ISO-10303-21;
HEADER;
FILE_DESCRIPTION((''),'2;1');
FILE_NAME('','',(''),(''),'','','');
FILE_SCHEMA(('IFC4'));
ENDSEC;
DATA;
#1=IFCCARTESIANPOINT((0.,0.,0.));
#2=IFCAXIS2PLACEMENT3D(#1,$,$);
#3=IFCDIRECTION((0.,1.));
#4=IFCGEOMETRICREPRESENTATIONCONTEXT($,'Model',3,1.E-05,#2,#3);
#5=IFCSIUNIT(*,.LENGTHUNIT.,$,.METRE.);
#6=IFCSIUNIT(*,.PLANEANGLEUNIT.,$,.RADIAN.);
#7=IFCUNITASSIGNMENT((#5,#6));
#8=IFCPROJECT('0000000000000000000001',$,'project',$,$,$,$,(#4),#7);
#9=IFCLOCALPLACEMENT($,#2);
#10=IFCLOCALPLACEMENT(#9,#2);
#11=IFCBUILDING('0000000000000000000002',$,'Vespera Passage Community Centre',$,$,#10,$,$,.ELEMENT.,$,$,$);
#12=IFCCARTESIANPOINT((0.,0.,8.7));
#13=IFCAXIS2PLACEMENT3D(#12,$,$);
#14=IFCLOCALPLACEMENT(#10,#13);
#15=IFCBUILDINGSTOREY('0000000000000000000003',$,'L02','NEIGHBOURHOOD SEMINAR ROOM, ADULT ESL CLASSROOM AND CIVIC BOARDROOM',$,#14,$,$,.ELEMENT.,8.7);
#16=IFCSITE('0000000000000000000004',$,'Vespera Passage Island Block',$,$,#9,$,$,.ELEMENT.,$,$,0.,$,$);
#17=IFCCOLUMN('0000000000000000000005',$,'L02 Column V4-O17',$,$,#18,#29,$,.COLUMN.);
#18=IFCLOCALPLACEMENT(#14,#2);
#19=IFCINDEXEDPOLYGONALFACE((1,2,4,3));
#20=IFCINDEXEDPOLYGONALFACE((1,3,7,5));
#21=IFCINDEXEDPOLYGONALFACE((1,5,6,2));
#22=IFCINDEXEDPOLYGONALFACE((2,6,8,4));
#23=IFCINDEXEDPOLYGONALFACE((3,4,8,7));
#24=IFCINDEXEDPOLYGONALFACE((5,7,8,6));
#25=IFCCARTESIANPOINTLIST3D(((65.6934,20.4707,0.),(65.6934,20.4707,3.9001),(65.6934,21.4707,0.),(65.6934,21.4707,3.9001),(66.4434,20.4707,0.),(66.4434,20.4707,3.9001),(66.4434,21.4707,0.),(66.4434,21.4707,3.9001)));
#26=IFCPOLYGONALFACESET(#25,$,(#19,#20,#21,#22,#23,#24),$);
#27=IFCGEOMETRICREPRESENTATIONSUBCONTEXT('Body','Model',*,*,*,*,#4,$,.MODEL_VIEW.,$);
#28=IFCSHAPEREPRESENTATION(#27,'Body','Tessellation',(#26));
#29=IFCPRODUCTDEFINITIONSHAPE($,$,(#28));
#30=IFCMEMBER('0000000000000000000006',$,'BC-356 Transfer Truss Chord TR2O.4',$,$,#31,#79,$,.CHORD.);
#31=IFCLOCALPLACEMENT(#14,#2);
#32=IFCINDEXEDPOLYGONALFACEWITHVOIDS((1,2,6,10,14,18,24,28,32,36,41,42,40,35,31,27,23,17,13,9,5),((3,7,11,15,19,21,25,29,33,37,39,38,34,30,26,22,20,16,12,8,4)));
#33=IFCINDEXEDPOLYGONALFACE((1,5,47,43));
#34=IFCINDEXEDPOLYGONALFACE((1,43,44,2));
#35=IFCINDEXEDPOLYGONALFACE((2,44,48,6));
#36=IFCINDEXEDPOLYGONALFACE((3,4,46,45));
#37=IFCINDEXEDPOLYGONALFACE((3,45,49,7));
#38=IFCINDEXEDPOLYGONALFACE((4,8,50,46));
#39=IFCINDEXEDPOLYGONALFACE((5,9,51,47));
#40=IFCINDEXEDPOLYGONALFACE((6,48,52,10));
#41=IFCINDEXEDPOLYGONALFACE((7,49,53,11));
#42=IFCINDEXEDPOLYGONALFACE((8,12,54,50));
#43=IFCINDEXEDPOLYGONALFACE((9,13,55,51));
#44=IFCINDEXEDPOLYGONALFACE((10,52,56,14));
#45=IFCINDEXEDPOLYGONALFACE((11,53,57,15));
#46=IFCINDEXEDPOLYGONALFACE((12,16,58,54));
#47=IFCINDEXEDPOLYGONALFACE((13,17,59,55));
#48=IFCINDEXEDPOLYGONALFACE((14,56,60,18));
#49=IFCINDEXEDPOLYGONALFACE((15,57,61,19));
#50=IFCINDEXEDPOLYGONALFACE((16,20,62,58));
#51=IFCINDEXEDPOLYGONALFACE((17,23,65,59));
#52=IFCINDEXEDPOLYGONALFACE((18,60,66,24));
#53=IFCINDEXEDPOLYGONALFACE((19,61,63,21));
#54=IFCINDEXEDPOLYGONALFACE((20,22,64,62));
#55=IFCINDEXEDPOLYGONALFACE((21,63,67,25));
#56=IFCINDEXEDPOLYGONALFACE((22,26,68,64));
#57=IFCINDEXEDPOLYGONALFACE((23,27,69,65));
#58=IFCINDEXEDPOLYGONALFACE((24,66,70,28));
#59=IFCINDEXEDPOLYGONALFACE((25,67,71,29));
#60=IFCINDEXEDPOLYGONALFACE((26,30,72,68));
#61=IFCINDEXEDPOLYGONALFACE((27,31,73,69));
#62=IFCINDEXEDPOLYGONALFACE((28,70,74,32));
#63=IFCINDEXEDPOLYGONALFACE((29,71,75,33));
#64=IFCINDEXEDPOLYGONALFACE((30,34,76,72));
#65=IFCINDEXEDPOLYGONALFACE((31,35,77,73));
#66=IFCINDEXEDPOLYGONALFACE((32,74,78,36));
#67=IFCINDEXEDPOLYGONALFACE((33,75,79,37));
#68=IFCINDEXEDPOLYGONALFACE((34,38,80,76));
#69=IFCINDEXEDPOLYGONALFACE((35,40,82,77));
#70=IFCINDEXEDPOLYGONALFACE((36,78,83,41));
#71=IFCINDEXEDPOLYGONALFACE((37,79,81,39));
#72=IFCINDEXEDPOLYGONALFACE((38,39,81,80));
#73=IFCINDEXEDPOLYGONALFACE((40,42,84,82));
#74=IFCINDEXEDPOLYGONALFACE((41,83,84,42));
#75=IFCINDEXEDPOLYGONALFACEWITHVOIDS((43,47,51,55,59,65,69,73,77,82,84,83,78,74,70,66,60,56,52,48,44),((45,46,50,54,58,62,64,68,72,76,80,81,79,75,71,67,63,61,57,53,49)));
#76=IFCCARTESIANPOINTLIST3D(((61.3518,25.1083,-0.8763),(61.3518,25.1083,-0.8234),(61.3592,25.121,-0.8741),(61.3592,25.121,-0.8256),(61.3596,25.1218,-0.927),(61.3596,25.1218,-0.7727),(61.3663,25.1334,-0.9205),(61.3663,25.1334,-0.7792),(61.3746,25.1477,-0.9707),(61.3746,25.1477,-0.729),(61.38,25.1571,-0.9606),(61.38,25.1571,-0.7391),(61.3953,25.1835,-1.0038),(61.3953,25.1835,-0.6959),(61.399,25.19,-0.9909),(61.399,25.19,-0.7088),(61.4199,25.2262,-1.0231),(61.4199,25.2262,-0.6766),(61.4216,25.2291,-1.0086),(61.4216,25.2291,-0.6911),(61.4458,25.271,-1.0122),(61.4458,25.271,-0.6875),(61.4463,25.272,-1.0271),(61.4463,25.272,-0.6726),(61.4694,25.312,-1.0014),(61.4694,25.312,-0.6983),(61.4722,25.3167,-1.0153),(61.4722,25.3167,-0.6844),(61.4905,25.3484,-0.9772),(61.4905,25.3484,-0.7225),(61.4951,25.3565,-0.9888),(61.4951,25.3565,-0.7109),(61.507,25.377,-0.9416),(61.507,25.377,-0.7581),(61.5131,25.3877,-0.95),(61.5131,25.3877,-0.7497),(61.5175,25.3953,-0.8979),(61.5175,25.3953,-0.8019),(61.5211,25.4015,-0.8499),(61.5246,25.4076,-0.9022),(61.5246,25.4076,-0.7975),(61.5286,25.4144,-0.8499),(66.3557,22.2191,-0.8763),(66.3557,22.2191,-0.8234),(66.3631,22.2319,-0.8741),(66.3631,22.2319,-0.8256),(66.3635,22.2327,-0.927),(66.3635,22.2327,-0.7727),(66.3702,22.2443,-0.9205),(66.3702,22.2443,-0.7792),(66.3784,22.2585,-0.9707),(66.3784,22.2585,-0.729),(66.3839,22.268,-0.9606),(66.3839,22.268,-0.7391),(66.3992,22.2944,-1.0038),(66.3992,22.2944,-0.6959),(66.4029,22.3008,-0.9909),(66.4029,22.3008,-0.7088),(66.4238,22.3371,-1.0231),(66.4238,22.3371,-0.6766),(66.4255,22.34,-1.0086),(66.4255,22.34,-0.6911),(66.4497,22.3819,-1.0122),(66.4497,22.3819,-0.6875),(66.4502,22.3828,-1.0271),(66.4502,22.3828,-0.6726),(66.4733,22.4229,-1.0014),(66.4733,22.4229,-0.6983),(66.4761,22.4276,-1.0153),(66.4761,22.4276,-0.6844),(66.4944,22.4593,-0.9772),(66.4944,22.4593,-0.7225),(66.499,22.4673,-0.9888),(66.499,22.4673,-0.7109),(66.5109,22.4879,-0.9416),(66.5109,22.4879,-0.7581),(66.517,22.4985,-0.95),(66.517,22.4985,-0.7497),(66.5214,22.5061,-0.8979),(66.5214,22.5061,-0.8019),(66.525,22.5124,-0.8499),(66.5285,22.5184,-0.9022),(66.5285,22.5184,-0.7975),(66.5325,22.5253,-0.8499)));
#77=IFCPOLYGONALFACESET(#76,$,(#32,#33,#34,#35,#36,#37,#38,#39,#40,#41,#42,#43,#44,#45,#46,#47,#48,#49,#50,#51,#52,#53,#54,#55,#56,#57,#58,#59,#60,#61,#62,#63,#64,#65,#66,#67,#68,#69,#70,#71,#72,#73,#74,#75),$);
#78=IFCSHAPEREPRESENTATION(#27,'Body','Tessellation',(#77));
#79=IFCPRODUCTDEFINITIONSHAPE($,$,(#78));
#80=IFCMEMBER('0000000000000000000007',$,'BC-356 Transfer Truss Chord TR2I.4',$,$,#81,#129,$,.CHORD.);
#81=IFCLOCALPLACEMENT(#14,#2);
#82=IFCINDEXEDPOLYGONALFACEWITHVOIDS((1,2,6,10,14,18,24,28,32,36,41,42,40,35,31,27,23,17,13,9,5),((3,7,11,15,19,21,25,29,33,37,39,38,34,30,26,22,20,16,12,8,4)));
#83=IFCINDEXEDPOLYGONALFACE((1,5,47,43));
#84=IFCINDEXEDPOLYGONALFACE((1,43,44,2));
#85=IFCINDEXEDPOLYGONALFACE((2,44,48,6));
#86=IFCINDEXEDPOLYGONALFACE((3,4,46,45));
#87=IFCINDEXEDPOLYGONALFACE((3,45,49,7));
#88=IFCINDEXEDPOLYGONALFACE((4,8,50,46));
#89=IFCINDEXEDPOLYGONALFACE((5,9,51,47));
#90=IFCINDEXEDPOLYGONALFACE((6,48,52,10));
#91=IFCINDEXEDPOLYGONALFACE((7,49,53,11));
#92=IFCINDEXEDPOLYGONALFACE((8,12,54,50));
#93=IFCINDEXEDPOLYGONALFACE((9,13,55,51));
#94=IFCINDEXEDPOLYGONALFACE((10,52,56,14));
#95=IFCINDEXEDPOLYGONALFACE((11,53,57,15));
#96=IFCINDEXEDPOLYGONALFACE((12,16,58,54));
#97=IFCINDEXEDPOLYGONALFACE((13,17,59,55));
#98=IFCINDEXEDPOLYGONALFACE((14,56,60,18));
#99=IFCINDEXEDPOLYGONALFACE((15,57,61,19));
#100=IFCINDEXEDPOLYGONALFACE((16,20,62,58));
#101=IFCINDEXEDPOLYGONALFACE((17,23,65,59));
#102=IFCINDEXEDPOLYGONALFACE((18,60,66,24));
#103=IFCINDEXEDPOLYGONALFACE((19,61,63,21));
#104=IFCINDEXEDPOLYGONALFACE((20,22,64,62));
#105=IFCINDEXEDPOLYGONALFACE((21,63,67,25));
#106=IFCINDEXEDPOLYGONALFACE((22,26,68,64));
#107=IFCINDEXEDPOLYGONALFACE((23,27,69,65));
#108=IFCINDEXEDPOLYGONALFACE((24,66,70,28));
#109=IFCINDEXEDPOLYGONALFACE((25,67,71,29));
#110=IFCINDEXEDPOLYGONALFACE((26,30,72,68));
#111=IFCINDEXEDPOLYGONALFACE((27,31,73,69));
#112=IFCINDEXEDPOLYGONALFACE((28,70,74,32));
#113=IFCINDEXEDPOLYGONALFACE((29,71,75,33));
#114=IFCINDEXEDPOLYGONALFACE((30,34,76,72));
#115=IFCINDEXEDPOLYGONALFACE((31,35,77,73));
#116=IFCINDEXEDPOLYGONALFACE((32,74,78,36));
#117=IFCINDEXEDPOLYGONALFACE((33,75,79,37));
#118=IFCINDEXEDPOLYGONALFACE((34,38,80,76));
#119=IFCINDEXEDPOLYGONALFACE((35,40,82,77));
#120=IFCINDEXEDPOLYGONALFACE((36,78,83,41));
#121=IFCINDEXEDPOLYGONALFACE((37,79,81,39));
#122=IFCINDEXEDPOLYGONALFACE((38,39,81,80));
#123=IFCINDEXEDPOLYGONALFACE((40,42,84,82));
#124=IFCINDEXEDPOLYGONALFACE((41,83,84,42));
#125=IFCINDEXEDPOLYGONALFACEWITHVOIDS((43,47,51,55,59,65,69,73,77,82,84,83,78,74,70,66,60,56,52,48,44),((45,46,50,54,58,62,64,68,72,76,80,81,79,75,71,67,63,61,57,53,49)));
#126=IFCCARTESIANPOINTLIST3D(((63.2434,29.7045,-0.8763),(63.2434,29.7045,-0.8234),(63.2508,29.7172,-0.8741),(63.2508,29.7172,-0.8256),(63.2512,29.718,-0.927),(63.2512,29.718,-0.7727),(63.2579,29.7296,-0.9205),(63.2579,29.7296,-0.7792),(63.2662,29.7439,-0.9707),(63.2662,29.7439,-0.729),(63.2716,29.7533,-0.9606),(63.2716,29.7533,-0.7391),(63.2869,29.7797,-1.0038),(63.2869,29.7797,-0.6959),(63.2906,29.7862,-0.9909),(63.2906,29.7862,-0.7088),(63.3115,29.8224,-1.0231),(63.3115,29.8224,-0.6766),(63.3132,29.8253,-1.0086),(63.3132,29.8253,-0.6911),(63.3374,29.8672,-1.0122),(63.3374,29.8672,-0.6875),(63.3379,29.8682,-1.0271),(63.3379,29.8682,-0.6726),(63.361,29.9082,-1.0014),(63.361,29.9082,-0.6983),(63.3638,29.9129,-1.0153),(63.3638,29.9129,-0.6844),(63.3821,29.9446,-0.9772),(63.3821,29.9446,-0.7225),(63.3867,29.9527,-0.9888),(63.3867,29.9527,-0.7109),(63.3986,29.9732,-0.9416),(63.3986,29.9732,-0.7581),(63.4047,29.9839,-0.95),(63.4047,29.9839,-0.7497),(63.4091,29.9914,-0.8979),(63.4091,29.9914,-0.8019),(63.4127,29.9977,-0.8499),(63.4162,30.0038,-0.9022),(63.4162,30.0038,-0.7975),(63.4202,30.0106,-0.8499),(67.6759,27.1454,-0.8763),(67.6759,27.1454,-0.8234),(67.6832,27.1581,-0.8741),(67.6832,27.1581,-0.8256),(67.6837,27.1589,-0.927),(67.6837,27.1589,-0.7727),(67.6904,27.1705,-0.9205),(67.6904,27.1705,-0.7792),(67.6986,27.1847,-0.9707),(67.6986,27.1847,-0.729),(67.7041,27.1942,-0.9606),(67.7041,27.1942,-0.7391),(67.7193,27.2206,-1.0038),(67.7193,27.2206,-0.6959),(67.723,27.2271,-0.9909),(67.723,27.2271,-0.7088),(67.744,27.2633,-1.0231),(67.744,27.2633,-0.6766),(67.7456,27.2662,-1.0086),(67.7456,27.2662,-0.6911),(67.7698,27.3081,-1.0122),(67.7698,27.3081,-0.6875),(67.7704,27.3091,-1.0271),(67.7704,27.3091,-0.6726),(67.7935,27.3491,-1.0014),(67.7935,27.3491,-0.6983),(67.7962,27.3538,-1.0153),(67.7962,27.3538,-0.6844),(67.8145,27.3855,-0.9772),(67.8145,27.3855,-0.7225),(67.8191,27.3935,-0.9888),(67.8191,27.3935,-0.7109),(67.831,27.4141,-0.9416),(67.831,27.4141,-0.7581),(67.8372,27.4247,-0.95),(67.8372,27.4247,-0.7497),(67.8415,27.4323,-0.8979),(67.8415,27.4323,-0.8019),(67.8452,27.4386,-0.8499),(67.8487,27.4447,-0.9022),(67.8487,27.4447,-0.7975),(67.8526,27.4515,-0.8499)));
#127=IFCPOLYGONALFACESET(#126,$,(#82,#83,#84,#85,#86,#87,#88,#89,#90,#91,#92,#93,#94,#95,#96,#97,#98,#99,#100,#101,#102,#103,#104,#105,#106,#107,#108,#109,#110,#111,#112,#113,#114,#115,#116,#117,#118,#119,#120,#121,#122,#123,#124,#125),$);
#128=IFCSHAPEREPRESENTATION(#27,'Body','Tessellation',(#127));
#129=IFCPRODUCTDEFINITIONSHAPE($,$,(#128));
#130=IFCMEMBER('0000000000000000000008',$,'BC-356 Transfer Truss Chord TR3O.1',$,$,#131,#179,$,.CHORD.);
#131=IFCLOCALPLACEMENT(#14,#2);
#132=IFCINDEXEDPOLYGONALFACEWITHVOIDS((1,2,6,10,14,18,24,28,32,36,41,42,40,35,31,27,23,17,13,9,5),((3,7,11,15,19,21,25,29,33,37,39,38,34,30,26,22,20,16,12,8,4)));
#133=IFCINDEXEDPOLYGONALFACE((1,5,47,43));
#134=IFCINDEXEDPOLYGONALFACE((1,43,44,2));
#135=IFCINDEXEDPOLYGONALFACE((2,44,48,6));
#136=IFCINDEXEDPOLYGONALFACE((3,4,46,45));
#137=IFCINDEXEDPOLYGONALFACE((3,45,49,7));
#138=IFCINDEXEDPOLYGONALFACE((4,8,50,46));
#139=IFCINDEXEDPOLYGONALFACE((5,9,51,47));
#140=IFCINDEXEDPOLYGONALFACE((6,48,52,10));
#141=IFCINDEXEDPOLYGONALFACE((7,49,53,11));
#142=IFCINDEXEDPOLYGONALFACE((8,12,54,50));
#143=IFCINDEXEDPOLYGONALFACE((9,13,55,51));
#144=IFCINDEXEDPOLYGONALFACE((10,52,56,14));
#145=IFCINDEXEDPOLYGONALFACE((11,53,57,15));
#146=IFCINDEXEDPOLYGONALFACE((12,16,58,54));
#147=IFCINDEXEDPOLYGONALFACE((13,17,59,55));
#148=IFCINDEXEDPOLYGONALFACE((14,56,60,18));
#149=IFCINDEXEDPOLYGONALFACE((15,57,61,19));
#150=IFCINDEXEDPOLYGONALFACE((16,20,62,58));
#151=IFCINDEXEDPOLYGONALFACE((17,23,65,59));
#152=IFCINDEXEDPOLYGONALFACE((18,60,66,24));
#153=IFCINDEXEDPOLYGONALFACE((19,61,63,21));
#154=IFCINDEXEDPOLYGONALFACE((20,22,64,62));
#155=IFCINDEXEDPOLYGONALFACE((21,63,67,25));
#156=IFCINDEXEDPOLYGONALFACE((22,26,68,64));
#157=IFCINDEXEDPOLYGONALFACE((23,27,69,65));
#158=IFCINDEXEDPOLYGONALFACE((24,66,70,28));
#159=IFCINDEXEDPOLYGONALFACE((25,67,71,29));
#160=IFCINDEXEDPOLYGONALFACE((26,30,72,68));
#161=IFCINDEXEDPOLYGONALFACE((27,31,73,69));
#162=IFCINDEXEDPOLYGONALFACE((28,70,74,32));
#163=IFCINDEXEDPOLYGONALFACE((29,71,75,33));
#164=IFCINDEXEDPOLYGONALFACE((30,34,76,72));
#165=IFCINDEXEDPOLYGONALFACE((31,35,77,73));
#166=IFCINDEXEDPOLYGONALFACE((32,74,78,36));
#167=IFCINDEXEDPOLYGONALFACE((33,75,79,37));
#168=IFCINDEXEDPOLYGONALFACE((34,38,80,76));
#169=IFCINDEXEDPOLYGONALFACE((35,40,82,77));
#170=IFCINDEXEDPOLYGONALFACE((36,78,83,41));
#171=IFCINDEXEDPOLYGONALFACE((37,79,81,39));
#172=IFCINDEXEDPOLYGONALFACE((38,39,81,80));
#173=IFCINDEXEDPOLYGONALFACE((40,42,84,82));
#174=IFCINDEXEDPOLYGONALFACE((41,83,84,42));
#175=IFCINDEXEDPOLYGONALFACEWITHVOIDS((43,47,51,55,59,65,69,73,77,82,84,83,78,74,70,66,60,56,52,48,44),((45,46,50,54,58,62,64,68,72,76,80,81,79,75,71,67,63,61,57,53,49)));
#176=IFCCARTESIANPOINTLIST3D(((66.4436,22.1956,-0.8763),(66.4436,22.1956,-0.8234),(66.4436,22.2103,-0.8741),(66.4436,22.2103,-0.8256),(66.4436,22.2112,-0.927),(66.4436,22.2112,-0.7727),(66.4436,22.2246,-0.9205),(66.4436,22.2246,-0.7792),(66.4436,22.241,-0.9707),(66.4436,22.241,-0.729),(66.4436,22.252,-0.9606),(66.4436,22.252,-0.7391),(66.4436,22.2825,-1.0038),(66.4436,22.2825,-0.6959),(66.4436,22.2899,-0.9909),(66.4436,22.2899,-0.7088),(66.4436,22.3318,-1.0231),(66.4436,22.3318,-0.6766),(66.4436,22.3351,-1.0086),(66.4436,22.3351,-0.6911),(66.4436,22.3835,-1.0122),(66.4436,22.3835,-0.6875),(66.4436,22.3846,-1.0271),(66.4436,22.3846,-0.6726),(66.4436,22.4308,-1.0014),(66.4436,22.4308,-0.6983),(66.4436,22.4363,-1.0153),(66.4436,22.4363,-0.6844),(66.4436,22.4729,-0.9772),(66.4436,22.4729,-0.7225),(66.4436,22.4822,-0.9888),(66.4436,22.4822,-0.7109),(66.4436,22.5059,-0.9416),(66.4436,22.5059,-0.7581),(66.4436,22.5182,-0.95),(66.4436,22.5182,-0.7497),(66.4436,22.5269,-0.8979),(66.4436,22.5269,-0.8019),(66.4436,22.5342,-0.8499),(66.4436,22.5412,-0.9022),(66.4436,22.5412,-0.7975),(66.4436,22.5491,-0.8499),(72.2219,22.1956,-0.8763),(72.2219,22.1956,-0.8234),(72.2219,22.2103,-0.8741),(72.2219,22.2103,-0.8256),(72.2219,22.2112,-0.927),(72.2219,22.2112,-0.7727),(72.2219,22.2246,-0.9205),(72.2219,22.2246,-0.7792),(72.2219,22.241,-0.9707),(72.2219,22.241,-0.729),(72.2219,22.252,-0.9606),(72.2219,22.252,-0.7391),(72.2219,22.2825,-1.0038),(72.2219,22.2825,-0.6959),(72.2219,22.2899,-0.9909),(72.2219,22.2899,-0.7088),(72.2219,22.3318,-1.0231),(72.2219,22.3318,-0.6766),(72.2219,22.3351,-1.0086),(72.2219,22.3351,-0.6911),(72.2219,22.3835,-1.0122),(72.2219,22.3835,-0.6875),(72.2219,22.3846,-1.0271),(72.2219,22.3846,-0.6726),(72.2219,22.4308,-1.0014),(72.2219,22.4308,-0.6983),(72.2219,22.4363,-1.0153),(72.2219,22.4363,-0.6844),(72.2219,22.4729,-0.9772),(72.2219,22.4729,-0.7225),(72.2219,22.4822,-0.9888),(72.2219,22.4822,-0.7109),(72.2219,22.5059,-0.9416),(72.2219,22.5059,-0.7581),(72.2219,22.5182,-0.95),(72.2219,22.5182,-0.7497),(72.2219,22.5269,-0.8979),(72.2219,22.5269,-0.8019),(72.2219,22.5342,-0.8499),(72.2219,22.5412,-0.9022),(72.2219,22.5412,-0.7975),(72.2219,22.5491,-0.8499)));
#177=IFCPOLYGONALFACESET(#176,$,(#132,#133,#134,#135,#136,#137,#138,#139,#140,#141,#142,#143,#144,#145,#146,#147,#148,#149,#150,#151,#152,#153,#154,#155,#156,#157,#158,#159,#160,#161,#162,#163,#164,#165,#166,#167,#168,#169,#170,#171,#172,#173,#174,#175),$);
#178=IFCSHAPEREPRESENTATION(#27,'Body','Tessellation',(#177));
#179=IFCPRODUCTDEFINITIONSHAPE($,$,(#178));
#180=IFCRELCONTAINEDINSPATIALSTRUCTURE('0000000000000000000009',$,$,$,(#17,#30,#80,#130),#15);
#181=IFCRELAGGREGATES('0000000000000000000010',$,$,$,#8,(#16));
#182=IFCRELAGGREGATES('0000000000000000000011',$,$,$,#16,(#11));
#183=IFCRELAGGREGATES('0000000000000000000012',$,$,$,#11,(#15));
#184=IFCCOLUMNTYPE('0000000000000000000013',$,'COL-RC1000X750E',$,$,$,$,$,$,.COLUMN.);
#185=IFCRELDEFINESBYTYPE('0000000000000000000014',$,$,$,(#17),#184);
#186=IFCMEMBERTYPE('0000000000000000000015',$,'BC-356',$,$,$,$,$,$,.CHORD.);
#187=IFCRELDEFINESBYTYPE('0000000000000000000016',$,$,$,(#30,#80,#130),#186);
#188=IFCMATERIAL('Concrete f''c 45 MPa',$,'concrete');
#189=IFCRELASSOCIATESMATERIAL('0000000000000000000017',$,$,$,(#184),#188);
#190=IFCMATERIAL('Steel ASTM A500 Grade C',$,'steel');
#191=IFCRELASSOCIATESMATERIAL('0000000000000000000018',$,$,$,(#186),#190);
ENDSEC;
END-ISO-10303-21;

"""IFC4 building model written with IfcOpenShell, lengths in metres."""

from ifc_helpers import new_model, si_unit, direction, frame, origin, origin_2d, place, context, subcontext, project, spatial, rectangle, hollow_circle, extrude, material, material_profile, profile_set, type_object, element, save


model = new_model("IFC4")

# Units and contexts
model_context = context("Model", 3, precision=1e-05, world=origin(), true_north=direction((0.0, 1.0)))
body_context = subcontext(model_context, "Body", "Model", "MODEL_VIEW")
ifc_project = project(units=[si_unit("LENGTHUNIT", "METRE"), si_unit("PLANEANGLEUNIT", "RADIAN")], contexts=[model_context])

# Site, building, storey
site_placement = place(None, origin())
site = spatial("IfcSite", under=ifc_project, at=site_placement, Name="Vespera Passage Island Block", CompositionType="ELEMENT", RefElevation=0.0)
building_placement = place(site_placement, origin())
building = spatial("IfcBuilding", under=site, at=building_placement, Name="Vespera Passage Community Centre", CompositionType="ELEMENT")
storey_placement = place(building_placement, frame((0.0, 0.0, 8.7)))
storey = spatial("IfcBuildingStorey", under=building, at=storey_placement, Name="L02", Description="NEIGHBOURHOOD SEMINAR ROOM, ADULT ESL CLASSROOM AND CIVIC BOARDROOM", CompositionType="ELEMENT", Elevation=8.7)

# Column
ifc_material_1 = material(Name="Concrete f'c 45 MPa", Category="concrete")
ifc_material_profile_1 = material_profile(ifc_material_1, rectangle(XDim=0.75, YDim=1.0, at=origin_2d()), Name="RC1000X750")
ifc_profile_set_1 = profile_set([ifc_material_profile_1], Name="Concrete f'c 45 MPa")
column_type = type_object("IfcColumnType", Name="COL-RC1000X750E", PredefinedType="COLUMN", material=ifc_profile_set_1)
column_placement = place(storey_placement, frame((66.0684, 20.9707, 0.0), z_axis=(0.0, 0.0, 1.0), x_axis=(1.0, 0.0, 0.0)))
element("IfcColumn", 1, at=column_placement, inside=storey, type_object=column_type, Name="L02 Column V4-O17", PredefinedType="COLUMN", context=body_context, shape_type="SweptSolid", body=[
    extrude(rectangle(XDim=0.75, YDim=1.0, at=origin_2d()), origin(), (0.0, 0.0, 1.0), 3.9001),
])

# Members
ifc_material_2 = material(Name="Steel ASTM A500 Grade C", Category="steel")
ifc_material_profile_2 = material_profile(ifc_material_2, hollow_circle(Radius=0.1777, WallThickness=0.0149, at=origin_2d()), Name="CHS356X15.9")
ifc_profile_set_2 = profile_set([ifc_material_profile_2], Name="Steel ASTM A500 Grade C")
member_type_1 = type_object("IfcMemberType", Name="BC-356", PredefinedType="CHORD", material=ifc_profile_set_2)
member_1_placement = place(storey_placement, frame((61.4397, 25.2605, -0.8499), z_axis=(0.866014, -0.50002, 0.0), x_axis=(0.50002, 0.866014, 0.0)))
element("IfcMember", 2, at=member_1_placement, inside=storey, type_object=member_type_1, Name="BC-356 Transfer Truss Chord TR2O.4", PredefinedType="CHORD", context=body_context, shape_type="SweptSolid", body=[
    extrude(hollow_circle(Radius=0.1777, WallThickness=0.0149, at=origin_2d()), origin(), (0.0, 0.0, 1.0), 5.7781),
])
member_2_placement = place(storey_placement, frame((63.3313, 29.8567, -0.8499), z_axis=(0.866021, -0.500007, 0.0), x_axis=(0.500007, 0.866021, 0.0)))
element("IfcMember", 3, at=member_2_placement, inside=storey, type_object=member_type_1, Name="BC-356 Transfer Truss Chord TR2I.4", PredefinedType="CHORD", context=body_context, shape_type="SweptSolid", body=[
    extrude(hollow_circle(Radius=0.1777, WallThickness=0.0149, at=origin_2d()), origin(), (0.0, 0.0, 1.0), 5.1182),
])
member_3_placement = place(storey_placement, frame((66.4436, 22.3713, -0.8499), z_axis=(1.0, 0.0, 0.0), x_axis=(0.0, 1.0, 0.0)))
element("IfcMember", 4, at=member_3_placement, inside=storey, type_object=member_type_1, Name="BC-356 Transfer Truss Chord TR3O.1", PredefinedType="CHORD", context=body_context, shape_type="SweptSolid", body=[
    extrude(hollow_circle(Radius=0.1777, WallThickness=0.0149, at=origin_2d()), origin(), (0.0, 0.0, 1.0), 5.7783),
])

save(model, "model.ifc")
